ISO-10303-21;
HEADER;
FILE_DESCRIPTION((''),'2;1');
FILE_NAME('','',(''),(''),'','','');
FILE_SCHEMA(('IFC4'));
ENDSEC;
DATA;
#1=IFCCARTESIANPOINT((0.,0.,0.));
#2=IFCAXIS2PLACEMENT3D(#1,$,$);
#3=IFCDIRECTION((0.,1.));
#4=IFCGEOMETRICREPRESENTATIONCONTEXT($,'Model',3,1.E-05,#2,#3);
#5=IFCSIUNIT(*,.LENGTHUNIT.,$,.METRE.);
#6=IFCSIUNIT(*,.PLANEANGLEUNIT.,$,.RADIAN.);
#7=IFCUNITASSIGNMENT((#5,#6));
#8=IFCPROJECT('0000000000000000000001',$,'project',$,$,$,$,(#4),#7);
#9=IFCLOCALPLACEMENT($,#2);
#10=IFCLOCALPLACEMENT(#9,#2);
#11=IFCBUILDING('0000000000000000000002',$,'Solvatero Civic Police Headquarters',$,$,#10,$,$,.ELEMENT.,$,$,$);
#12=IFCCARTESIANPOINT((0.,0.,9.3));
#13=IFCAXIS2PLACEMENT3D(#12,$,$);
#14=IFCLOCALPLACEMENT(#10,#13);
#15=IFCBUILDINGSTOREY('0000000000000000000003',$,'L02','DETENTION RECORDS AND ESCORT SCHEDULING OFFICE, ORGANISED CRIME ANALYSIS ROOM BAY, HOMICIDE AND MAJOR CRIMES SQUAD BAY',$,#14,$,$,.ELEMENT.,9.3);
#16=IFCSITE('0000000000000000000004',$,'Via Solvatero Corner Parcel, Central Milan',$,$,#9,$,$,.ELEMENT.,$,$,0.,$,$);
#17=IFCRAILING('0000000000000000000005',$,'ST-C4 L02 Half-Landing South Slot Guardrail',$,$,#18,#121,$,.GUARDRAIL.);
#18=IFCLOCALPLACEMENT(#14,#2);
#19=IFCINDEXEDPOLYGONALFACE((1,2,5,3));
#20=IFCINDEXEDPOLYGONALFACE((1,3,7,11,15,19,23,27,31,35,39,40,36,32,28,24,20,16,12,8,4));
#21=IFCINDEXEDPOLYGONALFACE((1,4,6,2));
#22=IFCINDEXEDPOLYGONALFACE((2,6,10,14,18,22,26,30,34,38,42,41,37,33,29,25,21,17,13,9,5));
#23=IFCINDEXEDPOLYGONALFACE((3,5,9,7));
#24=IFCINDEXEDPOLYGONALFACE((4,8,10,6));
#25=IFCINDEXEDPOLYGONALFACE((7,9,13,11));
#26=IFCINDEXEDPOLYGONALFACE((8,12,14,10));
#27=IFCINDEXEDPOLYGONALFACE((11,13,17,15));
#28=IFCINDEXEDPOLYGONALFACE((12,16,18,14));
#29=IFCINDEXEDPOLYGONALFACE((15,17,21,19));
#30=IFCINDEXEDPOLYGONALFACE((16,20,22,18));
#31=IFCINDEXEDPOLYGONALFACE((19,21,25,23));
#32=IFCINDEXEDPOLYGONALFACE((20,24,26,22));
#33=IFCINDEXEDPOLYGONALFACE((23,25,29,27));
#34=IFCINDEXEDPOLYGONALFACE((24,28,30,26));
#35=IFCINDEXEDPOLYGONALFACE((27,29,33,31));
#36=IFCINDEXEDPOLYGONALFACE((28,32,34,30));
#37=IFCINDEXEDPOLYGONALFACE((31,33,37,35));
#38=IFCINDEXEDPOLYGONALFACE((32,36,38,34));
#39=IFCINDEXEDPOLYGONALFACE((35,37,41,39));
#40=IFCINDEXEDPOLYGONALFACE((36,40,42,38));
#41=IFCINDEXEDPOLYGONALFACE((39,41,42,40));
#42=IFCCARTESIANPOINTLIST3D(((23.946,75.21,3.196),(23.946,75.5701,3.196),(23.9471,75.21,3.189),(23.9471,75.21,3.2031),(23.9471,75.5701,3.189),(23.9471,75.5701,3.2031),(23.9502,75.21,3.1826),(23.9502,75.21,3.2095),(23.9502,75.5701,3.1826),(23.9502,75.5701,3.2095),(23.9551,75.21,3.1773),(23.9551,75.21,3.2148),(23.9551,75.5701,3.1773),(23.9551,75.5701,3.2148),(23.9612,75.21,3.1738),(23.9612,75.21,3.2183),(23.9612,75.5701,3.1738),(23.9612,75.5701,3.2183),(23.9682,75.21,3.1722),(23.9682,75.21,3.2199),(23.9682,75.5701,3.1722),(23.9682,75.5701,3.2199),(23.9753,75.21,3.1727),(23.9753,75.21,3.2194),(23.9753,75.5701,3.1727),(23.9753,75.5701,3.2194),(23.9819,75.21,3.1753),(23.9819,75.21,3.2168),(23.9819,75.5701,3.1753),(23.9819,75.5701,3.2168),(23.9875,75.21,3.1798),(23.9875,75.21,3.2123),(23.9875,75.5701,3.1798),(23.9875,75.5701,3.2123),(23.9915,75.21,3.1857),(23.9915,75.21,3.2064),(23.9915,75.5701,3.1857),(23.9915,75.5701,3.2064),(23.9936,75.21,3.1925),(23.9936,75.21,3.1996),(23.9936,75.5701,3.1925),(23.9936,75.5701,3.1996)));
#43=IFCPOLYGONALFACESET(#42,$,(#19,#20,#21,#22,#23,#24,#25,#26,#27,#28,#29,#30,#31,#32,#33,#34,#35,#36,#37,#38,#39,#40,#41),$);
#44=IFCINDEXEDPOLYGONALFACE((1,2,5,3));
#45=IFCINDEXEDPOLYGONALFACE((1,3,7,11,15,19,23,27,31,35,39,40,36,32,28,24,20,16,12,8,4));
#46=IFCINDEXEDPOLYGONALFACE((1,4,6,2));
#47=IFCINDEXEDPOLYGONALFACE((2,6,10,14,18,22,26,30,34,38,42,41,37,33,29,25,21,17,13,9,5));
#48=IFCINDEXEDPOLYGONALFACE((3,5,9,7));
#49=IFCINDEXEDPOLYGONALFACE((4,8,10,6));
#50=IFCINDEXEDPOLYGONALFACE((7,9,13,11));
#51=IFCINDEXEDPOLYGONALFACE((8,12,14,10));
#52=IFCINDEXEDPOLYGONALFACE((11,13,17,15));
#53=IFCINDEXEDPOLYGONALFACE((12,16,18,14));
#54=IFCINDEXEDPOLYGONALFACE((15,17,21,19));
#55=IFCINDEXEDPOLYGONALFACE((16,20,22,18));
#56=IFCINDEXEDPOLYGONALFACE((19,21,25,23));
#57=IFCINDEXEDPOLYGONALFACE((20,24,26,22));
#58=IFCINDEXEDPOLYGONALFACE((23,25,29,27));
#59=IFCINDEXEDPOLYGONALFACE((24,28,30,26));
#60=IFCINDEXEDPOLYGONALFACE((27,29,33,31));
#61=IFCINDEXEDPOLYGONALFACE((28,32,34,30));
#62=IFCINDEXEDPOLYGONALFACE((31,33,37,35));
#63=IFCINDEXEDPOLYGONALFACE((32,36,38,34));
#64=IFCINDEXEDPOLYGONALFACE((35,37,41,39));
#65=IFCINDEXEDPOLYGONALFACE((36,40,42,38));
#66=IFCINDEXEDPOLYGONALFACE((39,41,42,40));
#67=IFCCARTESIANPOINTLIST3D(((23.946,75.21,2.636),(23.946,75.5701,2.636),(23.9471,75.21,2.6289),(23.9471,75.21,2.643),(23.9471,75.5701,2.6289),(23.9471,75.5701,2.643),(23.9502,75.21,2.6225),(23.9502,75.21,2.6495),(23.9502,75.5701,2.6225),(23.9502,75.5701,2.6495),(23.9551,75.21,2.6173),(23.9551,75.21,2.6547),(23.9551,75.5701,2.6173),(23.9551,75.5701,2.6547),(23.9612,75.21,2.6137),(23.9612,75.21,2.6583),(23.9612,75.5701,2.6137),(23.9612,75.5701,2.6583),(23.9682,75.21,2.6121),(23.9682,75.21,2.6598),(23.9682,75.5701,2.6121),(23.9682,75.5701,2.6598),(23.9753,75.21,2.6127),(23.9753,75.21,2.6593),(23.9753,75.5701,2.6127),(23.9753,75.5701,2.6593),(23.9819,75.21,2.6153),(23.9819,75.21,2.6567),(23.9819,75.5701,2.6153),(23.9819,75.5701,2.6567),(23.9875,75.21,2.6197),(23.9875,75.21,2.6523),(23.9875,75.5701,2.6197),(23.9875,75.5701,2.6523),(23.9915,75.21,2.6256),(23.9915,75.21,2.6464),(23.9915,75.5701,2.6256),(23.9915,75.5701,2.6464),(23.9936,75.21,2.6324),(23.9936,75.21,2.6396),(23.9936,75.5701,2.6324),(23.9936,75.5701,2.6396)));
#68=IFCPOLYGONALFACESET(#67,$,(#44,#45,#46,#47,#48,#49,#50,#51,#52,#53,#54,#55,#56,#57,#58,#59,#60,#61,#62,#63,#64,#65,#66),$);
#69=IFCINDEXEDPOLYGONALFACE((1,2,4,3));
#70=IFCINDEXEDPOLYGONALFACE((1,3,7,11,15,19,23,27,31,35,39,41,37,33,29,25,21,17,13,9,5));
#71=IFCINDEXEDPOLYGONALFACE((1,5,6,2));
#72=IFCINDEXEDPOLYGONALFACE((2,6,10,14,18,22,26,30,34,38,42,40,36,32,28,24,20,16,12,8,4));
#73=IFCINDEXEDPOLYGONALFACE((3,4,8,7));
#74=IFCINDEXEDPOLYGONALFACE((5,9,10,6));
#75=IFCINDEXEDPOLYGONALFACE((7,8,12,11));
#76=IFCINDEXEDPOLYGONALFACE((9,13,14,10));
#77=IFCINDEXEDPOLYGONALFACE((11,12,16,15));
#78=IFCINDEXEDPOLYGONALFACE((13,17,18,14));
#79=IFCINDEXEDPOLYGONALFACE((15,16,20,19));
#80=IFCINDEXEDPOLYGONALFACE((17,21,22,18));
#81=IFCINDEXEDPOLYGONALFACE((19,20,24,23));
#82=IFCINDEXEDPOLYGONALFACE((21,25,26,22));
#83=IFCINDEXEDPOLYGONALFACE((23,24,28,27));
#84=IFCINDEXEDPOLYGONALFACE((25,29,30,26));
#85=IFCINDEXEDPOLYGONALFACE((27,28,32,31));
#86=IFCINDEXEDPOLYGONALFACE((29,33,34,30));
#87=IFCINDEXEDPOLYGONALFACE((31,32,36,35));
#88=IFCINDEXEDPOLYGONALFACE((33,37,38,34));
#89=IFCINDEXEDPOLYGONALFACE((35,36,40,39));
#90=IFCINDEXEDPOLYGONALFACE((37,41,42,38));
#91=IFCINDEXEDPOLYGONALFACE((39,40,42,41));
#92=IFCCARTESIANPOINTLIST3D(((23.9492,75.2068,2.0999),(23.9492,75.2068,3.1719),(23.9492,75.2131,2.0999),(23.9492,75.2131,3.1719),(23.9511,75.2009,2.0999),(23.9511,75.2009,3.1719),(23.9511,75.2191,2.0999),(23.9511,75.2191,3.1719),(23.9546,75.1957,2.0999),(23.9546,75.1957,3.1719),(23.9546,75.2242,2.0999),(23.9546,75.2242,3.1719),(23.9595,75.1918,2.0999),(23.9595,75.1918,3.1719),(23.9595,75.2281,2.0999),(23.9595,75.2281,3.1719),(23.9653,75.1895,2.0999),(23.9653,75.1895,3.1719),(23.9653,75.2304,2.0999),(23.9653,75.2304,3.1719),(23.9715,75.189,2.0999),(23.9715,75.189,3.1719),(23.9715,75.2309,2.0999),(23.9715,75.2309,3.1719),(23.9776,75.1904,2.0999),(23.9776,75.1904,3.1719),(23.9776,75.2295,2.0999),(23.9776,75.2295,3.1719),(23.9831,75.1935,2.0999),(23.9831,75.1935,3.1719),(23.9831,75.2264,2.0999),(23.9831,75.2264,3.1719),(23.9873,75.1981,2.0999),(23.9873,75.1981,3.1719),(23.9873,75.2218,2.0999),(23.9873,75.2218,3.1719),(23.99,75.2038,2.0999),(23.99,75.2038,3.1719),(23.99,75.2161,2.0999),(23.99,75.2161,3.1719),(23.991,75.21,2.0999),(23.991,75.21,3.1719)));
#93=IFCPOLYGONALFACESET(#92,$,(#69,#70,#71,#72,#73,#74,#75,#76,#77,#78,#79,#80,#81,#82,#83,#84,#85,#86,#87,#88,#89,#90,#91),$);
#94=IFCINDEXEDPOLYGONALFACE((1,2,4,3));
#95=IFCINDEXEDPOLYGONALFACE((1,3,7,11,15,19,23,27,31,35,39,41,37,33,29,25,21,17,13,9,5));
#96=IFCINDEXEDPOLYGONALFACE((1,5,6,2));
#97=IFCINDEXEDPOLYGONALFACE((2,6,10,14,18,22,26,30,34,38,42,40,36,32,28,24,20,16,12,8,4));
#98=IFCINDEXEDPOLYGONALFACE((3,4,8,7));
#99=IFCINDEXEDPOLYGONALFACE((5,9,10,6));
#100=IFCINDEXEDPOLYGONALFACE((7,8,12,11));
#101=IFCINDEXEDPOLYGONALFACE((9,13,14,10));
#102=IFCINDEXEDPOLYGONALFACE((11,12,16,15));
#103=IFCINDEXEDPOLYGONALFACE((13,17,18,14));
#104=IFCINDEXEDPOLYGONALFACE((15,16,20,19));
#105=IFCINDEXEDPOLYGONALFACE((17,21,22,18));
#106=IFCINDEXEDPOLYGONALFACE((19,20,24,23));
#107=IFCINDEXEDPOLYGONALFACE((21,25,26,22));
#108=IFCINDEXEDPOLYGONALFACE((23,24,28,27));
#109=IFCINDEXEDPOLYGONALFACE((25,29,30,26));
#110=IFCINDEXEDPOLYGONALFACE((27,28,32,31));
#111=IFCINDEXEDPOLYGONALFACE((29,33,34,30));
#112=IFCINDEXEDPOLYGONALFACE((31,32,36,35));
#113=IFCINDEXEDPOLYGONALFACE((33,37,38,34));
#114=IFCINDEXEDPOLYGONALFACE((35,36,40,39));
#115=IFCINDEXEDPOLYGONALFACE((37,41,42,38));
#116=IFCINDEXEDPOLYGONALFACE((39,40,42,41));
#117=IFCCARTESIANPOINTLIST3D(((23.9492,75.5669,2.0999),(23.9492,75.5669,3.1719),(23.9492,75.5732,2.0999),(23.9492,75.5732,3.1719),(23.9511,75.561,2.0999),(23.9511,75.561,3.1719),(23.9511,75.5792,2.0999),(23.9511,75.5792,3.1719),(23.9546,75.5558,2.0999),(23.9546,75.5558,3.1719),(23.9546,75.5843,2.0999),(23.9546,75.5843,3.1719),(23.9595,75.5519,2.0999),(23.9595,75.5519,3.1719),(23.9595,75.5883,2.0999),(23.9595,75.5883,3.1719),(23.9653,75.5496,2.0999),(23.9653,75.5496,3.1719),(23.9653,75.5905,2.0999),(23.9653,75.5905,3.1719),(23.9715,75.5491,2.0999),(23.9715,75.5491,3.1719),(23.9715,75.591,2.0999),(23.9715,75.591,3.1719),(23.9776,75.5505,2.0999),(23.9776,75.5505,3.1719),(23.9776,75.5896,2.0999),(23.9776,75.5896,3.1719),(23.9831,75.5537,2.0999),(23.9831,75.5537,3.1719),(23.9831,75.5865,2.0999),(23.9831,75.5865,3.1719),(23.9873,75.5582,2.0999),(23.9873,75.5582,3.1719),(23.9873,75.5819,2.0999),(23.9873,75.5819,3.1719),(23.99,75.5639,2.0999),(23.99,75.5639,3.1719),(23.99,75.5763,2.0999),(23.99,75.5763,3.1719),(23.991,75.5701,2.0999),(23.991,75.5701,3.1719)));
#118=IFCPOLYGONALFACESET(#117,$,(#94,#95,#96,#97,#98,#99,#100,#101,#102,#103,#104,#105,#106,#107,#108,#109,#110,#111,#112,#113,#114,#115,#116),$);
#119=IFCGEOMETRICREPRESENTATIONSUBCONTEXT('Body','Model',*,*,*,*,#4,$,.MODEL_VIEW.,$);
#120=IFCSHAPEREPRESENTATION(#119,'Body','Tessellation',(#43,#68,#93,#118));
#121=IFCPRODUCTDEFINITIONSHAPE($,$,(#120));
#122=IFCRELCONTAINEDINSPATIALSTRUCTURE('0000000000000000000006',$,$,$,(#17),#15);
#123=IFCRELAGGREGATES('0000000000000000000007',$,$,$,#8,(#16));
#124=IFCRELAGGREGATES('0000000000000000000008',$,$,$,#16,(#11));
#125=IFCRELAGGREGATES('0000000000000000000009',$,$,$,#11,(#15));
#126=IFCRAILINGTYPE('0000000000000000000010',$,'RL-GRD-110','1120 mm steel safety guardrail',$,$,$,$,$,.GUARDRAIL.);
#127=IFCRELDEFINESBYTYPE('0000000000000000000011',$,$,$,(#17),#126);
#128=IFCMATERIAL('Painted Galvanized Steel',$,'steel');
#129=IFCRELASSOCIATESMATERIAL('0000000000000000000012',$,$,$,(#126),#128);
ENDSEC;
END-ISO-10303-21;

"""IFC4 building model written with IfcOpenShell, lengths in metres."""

from ifc_helpers import new_model, si_unit, direction, frame, origin, origin_2d, place, context, subcontext, project, spatial, circle, extrude, material, type_object, element, save


model = new_model("IFC4")

# Units and contexts
model_context = context("Model", 3, precision=1e-05, world=origin(), true_north=direction((0.0, 1.0)))
body_context = subcontext(model_context, "Body", "Model", "MODEL_VIEW")
ifc_project = project(units=[si_unit("LENGTHUNIT", "METRE"), si_unit("PLANEANGLEUNIT", "RADIAN")], contexts=[model_context])

# Site, building, storey
site_placement = place(None, origin())
site = spatial("IfcSite", under=ifc_project, at=site_placement, Name="Via Solvatero Corner Parcel, Central Milan", CompositionType="ELEMENT", RefElevation=0.0)
building_placement = place(site_placement, origin())
building = spatial("IfcBuilding", under=site, at=building_placement, Name="Solvatero Civic Police Headquarters", CompositionType="ELEMENT")
storey_placement = place(building_placement, frame((0.0, 0.0, 9.3)))
storey = spatial("IfcBuildingStorey", under=building, at=storey_placement, Name="L02", Description="DETENTION RECORDS AND ESCORT SCHEDULING OFFICE, ORGANISED CRIME ANALYSIS ROOM BAY, HOMICIDE AND MAJOR CRIMES SQUAD BAY", CompositionType="ELEMENT", Elevation=9.3)

# Railing
ifc_material_1 = material(Name="Painted Galvanized Steel", Category="steel")
railing_type_1 = type_object("IfcRailingType", Name="RL-GRD-110", Description="1120 mm steel safety guardrail", PredefinedType="GUARDRAIL", material=ifc_material_1)
railing_1_placement = place(storey_placement, frame((23.97, 75.21, 2.0999)))
element("IfcRailing", 1, at=railing_1_placement, inside=storey, type_object=railing_type_1, Name="ST-C4 L02 Half-Landing South Slot Guardrail", PredefinedType="GUARDRAIL", context=body_context, shape_type="SweptSolid", body=[
    extrude(circle(Radius=0.0239, at=origin_2d()), frame((0.0, 0.0, 1.0962), z_axis=(0.0, 1.0, 0.0), x_axis=(-1.0, 0.0, 0.0)), (0.0, 0.0, 1.0), 0.3601),
    extrude(circle(Radius=0.0239, at=origin_2d()), frame((0.0, 0.0, 0.5361), z_axis=(0.0, 1.0, 0.0), x_axis=(-1.0, 0.0, 0.0)), (0.0, 0.0, 1.0), 0.3601),
    extrude(circle(Radius=0.021, at=origin_2d()), origin(), (0.0, 0.0, 1.0), 1.072),
    extrude(circle(Radius=0.021, at=origin_2d()), frame((0.0, 0.3601, 0.0)), (0.0, 0.0, 1.0), 1.072),
])

save(model, "model.ifc")
